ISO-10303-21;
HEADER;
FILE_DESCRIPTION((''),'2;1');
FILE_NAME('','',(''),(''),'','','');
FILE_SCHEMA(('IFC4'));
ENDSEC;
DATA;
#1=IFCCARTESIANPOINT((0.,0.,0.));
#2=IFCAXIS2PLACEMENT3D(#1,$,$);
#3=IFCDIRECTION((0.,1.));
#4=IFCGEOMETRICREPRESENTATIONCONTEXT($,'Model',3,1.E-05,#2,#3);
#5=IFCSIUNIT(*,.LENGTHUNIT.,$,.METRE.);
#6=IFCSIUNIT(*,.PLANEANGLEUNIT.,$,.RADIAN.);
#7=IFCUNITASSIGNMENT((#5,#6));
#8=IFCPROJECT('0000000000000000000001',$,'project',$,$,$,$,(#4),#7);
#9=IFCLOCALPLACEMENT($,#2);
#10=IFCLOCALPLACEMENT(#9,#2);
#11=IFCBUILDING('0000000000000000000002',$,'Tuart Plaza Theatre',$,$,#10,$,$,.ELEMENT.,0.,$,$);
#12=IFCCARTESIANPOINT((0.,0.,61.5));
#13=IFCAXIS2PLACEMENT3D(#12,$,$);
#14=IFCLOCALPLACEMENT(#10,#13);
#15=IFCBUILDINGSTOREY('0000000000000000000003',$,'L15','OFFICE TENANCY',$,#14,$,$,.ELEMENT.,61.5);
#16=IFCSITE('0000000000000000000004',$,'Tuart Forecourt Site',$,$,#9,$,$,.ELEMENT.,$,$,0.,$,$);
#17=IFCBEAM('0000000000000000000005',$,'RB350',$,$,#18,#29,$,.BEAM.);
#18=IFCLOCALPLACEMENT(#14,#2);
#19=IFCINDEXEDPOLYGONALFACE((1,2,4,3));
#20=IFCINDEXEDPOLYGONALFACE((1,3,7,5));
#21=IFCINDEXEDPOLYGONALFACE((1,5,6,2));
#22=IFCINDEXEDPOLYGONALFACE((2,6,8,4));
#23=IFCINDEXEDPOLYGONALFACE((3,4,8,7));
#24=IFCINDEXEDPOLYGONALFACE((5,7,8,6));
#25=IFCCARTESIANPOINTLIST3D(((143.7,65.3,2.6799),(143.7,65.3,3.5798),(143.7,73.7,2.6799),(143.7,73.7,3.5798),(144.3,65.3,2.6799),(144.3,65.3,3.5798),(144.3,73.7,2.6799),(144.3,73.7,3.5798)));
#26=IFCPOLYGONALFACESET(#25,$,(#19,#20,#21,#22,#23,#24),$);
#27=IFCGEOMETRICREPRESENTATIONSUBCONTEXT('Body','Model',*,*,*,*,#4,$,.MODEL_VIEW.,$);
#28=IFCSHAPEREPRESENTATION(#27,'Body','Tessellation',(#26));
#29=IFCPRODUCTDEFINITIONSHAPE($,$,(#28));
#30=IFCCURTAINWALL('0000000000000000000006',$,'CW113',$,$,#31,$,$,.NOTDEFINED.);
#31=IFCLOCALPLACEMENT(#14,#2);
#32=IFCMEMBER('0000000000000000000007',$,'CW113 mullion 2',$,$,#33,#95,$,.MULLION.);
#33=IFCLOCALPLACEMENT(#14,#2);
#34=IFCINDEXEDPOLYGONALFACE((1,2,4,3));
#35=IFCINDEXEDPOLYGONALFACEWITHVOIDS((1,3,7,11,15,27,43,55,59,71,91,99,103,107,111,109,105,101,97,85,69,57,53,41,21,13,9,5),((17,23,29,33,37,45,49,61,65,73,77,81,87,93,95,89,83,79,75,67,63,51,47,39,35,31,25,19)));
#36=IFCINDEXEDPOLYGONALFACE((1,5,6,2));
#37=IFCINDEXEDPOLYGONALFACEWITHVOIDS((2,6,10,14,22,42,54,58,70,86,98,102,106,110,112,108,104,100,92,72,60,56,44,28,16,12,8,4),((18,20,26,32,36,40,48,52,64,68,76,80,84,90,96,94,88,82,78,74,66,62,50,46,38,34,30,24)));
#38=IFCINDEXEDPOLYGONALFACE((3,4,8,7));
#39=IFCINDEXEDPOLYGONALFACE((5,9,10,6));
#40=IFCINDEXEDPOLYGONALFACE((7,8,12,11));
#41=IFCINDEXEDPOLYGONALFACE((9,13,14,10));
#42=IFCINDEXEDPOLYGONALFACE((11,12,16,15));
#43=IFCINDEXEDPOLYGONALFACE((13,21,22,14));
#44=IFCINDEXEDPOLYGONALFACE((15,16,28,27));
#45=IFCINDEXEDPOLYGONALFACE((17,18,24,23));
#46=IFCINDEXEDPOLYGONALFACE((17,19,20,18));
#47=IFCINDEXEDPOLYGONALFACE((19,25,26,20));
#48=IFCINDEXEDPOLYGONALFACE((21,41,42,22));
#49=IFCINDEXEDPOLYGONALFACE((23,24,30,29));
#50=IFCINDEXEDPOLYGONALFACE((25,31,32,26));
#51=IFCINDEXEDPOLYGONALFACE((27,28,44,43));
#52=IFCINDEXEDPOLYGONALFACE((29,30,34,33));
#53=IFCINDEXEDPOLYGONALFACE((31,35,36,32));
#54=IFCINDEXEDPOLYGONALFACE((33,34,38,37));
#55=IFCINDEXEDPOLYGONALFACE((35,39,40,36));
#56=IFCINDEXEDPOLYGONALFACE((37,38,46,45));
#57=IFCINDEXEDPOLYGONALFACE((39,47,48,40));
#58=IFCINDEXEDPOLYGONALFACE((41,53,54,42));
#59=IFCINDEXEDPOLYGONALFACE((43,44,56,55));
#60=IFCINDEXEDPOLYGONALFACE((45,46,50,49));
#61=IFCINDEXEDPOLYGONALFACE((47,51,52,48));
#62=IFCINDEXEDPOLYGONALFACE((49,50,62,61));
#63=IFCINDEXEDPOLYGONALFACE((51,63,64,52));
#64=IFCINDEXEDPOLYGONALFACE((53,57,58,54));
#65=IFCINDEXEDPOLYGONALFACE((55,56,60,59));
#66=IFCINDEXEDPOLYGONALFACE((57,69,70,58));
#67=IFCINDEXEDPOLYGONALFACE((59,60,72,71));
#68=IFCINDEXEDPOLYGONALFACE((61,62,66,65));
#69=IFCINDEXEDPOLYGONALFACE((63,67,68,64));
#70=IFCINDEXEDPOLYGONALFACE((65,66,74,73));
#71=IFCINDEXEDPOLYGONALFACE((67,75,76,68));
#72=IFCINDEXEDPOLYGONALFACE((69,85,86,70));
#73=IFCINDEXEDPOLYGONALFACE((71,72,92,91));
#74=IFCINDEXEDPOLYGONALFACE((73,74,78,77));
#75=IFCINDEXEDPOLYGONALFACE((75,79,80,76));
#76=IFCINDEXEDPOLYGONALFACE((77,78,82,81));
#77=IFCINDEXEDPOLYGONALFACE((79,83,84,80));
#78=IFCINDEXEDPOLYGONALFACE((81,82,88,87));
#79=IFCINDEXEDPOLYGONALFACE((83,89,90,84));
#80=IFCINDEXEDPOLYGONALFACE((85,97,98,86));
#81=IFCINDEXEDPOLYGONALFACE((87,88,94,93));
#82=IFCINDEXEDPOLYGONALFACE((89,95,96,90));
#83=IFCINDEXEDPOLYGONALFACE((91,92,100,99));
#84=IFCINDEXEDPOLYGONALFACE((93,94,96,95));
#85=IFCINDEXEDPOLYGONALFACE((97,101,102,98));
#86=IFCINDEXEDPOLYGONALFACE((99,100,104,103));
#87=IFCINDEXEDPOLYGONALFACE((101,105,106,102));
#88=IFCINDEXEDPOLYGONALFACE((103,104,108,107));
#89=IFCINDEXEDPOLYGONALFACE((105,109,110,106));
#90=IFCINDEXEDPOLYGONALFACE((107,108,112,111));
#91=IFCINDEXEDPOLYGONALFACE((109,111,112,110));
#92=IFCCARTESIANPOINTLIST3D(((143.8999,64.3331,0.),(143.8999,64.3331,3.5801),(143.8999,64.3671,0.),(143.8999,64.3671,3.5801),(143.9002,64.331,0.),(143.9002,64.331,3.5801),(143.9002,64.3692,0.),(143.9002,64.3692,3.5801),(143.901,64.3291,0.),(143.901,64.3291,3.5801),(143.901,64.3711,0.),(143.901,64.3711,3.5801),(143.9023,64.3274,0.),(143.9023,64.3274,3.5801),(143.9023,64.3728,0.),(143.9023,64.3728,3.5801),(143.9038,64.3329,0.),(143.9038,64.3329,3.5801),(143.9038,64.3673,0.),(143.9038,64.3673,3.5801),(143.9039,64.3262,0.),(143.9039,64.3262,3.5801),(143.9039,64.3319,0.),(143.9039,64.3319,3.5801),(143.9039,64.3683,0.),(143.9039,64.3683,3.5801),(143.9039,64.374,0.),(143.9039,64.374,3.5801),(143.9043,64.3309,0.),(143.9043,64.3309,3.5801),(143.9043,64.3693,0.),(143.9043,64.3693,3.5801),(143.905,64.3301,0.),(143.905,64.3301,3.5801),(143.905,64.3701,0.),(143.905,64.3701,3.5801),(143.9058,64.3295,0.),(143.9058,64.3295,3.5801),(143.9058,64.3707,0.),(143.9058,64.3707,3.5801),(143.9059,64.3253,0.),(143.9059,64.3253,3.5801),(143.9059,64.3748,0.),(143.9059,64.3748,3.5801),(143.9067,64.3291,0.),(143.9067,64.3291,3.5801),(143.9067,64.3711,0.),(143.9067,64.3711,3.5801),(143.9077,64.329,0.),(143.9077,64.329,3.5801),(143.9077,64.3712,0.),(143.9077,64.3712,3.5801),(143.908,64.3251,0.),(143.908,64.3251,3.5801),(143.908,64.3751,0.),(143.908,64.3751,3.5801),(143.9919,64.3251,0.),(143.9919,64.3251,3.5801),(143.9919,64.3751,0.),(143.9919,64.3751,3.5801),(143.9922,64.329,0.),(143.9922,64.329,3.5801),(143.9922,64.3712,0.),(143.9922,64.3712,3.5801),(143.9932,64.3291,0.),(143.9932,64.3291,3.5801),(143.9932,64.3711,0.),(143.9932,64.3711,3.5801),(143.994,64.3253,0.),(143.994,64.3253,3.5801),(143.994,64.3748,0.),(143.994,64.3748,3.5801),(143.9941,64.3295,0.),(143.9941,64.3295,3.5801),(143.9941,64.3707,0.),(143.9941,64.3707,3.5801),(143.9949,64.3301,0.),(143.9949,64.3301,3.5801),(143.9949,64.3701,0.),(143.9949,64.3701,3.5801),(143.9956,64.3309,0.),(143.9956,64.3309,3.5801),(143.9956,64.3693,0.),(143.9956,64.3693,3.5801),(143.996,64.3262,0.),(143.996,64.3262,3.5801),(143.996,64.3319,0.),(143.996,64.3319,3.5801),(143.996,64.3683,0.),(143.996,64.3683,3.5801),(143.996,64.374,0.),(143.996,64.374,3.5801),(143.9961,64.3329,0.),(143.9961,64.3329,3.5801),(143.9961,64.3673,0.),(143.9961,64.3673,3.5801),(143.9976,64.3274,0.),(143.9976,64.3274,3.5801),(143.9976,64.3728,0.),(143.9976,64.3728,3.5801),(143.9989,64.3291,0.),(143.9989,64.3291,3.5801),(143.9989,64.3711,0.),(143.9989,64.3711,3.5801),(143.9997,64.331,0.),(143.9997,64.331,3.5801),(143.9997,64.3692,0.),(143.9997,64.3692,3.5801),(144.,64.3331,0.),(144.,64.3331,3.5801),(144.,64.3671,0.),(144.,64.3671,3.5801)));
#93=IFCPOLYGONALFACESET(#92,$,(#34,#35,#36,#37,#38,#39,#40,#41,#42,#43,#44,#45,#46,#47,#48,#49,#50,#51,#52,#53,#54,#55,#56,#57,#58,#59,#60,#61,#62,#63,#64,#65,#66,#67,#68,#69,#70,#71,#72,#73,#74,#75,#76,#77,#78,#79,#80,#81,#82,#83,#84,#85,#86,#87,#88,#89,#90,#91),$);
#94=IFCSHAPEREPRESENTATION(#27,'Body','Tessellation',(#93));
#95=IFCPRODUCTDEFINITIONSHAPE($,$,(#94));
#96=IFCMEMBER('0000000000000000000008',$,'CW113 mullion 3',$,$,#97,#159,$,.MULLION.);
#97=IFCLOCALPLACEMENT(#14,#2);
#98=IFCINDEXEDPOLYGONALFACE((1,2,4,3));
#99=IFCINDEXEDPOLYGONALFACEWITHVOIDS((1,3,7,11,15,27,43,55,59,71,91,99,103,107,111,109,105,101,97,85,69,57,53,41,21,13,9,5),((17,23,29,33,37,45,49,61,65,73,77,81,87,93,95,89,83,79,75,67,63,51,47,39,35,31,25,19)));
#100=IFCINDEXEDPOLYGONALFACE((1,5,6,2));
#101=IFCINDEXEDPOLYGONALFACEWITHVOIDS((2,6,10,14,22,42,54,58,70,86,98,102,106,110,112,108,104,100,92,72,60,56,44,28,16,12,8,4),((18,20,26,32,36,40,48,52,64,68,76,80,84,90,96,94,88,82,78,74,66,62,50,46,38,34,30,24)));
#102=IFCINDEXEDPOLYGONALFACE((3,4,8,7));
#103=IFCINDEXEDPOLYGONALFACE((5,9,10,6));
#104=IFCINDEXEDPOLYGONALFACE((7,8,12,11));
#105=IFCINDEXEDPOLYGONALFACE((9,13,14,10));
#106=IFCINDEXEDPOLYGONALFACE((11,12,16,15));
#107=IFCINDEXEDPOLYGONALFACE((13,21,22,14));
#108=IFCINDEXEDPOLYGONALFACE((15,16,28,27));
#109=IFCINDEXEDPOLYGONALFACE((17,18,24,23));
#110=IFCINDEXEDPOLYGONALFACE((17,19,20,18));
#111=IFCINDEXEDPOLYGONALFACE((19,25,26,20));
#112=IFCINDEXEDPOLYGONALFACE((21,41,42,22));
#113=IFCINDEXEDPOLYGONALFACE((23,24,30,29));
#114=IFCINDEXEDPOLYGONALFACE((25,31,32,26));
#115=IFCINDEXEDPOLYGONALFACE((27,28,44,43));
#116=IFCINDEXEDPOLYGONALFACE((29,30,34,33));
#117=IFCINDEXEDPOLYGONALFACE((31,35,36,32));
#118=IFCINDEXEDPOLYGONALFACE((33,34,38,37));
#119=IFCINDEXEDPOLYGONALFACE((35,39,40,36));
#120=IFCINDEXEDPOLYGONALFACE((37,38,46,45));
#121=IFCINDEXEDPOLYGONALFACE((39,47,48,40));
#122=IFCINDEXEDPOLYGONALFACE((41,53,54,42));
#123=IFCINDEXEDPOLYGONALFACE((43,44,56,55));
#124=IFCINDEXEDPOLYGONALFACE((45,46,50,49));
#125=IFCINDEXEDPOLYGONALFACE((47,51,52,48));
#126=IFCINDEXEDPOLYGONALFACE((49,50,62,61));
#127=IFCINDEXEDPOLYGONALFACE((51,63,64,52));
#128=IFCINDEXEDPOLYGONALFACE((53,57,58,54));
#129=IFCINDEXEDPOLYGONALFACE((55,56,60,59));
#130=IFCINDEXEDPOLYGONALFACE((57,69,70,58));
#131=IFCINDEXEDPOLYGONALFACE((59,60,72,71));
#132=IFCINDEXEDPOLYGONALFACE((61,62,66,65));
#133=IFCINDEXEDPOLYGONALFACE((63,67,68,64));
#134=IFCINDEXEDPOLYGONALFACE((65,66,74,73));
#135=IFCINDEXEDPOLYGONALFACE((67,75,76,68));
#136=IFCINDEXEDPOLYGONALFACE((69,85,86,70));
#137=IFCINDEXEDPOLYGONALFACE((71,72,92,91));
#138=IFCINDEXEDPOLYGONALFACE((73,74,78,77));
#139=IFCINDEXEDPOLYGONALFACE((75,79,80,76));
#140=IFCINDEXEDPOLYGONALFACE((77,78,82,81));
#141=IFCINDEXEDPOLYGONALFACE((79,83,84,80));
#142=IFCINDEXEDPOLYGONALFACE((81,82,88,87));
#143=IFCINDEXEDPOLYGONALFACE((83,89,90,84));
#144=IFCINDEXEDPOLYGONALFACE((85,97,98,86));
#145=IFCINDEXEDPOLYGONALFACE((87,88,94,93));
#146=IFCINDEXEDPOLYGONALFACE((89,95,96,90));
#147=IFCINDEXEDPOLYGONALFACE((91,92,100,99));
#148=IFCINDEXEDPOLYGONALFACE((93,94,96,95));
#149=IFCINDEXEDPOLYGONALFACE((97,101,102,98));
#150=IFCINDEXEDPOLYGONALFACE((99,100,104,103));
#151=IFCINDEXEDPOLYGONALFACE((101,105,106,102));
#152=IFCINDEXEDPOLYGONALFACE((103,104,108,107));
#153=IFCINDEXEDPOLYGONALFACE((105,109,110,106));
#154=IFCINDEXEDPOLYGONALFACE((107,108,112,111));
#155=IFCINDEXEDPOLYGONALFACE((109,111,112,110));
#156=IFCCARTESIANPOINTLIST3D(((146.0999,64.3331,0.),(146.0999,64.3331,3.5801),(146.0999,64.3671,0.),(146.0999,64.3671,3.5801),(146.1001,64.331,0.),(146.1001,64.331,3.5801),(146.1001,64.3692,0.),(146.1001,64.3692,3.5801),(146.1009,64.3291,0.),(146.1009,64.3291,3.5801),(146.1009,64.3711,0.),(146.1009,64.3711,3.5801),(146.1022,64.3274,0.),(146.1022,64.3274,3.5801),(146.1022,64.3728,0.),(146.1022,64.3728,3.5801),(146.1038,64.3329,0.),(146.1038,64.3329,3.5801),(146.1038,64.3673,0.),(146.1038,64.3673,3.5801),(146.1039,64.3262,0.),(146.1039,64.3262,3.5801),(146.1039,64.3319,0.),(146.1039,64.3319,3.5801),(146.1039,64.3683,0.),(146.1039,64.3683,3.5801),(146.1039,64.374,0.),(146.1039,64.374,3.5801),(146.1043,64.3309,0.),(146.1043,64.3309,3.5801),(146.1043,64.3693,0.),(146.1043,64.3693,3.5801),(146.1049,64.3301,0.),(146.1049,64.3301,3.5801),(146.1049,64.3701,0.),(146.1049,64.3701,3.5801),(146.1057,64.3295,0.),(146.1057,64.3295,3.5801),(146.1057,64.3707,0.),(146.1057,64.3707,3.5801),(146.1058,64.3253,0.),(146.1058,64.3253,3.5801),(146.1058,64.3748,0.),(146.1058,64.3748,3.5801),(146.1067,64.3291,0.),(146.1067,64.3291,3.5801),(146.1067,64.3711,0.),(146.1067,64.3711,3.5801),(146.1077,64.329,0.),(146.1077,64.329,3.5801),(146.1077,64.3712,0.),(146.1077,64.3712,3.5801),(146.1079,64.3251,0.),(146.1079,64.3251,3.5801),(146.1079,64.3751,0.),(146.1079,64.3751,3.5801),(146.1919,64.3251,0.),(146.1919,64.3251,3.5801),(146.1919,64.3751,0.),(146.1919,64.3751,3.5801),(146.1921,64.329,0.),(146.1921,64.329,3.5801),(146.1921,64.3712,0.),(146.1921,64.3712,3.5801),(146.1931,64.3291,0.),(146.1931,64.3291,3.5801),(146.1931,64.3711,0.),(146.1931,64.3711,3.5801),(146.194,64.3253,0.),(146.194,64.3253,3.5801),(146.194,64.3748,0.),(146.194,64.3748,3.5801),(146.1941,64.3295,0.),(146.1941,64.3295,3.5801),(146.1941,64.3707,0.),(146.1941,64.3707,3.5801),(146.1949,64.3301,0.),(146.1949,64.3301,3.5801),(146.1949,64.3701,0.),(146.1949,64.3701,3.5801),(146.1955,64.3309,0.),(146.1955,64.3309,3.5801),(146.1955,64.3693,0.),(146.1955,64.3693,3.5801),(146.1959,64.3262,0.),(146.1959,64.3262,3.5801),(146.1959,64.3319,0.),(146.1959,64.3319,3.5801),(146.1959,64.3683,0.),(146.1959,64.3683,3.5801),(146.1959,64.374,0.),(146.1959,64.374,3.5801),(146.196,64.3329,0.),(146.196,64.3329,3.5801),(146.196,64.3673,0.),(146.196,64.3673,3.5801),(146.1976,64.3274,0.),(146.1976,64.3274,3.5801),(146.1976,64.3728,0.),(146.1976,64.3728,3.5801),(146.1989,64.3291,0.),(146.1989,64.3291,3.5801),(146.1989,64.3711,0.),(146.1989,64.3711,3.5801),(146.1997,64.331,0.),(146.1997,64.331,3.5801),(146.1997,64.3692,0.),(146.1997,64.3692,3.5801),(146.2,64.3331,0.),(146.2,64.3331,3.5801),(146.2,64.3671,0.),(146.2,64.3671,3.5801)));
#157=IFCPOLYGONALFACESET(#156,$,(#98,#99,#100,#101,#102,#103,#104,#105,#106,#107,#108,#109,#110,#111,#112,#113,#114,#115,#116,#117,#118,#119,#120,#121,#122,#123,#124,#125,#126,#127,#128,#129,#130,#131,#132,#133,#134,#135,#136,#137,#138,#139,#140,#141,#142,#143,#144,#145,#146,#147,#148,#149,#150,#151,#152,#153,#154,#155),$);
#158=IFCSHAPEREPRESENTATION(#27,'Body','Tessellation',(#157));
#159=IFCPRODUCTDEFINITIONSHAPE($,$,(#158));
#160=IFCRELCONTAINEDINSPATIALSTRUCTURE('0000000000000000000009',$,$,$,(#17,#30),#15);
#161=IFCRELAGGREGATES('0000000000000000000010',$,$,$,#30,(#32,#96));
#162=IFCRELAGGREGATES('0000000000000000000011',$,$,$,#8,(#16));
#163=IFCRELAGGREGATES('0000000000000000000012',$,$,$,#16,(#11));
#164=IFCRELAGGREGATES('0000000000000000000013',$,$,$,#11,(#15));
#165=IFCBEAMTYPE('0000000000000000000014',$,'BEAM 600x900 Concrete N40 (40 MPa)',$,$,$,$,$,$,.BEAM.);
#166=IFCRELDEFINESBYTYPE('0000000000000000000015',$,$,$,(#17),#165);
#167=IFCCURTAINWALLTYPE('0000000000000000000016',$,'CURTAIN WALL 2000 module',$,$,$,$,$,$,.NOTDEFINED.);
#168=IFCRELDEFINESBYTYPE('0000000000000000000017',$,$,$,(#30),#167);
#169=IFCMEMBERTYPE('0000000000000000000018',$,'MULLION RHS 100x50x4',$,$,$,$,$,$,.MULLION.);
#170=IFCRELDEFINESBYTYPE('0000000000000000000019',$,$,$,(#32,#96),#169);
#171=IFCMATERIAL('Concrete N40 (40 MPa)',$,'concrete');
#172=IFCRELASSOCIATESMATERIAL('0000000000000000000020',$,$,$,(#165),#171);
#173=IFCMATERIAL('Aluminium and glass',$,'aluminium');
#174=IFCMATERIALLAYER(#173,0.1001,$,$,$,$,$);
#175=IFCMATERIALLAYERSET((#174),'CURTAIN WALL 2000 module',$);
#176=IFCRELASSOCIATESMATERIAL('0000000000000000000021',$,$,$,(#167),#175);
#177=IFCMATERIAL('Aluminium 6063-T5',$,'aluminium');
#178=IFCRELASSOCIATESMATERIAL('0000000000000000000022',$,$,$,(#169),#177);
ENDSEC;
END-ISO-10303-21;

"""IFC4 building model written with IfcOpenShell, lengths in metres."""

from ifc_helpers import new_model, si_unit, direction, frame, origin, origin_2d, place, context, subcontext, project, spatial, rectangle, hollow_rectangle, extrude, material, layer, layer_set, material_profile, profile_set, type_object, element, aggregate, save


model = new_model("IFC4")

# Units and contexts
model_context = context("Model", 3, precision=1e-05, world=origin(), true_north=direction((0.0, 1.0)))
body_context = subcontext(model_context, "Body", "Model", "MODEL_VIEW")
ifc_project = project(units=[si_unit("LENGTHUNIT", "METRE"), si_unit("PLANEANGLEUNIT", "RADIAN")], contexts=[model_context])

# Site, building, storey
site_placement = place(None, origin())
site = spatial("IfcSite", under=ifc_project, at=site_placement, Name="Tuart Forecourt Site", CompositionType="ELEMENT", RefElevation=0.0)
building_placement = place(site_placement, origin())
building = spatial("IfcBuilding", under=site, at=building_placement, Name="Tuart Plaza Theatre", CompositionType="ELEMENT", ElevationOfRefHeight=0.0)
storey_placement = place(building_placement, frame((0.0, 0.0, 61.5)))
storey = spatial("IfcBuildingStorey", under=building, at=storey_placement, Name="L15", Description="OFFICE TENANCY", CompositionType="ELEMENT", Elevation=61.5)

# Beam
ifc_material_1 = material(Name="Concrete N40 (40 MPa)", Category="concrete")
ifc_material_profile_1 = material_profile(ifc_material_1, rectangle(XDim=0.6001, YDim=0.8999, at=origin_2d()), Name="BEAM 600x900 Concrete N40 (40 MPa)")
ifc_profile_set_1 = profile_set([ifc_material_profile_1], Name="Concrete N40 (40 MPa)")
beam_type = type_object("IfcBeamType", Name="BEAM 600x900 Concrete N40 (40 MPa)", PredefinedType="BEAM", material=ifc_profile_set_1)
beam_placement = place(storey_placement, frame((144.0, 65.3, 3.1299), z_axis=(0.0, 1.0, 0.0), x_axis=(-1.0, 0.0, 0.0)))
element("IfcBeam", 1, at=beam_placement, inside=storey, type_object=beam_type, Name="RB350", PredefinedType="BEAM", context=body_context, shape_type="SweptSolid", body=[
    extrude(rectangle(XDim=0.6001, YDim=0.8999, at=origin_2d()), origin(), (0.0, 0.0, 1.0), 8.3999),
])

# Curtain wall, members
ifc_material_2 = material(Name="Aluminium and glass", Category="aluminium")
ifc_layer_1 = layer(ifc_material_2, 0.1001)
ifc_layer_set_1 = layer_set([ifc_layer_1], Name="CURTAIN WALL 2000 module")
curtain_wall_type = type_object("IfcCurtainWallType", Name="CURTAIN WALL 2000 module", PredefinedType="NOTDEFINED", material=ifc_layer_set_1)
curtain_wall_placement = place(storey_placement, origin())
curtain_wall = element("IfcCurtainWall", 2, at=curtain_wall_placement, inside=storey, type_object=curtain_wall_type, Name="CW113", PredefinedType="NOTDEFINED")
ifc_material_3 = material(Name="Aluminium 6063-T5", Category="aluminium")
ifc_material_profile_2 = material_profile(ifc_material_3, hollow_rectangle(XDim=0.05, YDim=0.1001, WallThickness=0.0039, InnerFilletRadius=0.0039, OuterFilletRadius=0.0081, at=origin_2d()), Name="RHS 100x50x4")
ifc_profile_set_2 = profile_set([ifc_material_profile_2], Name="Aluminium 6063-T5")
member_type_1 = type_object("IfcMemberType", Name="MULLION RHS 100x50x4", PredefinedType="MULLION", material=ifc_profile_set_2)
member_1_placement = place(storey_placement, frame((143.95, 64.3501, 0.0), z_axis=(0.0, 0.0, 1.0), x_axis=(0.0, 1.0, 0.0)))
member_1 = element("IfcMember", 3, at=member_1_placement, type_object=member_type_1, Name="CW113 mullion 2", PredefinedType="MULLION", context=body_context, shape_type="SweptSolid", body=[
    extrude(hollow_rectangle(XDim=0.05, YDim=0.1001, WallThickness=0.0039, InnerFilletRadius=0.0039, OuterFilletRadius=0.0081, at=origin_2d()), origin(), (0.0, 0.0, 1.0), 3.5801),
])
member_2_placement = place(storey_placement, frame((146.1499, 64.3501, 0.0), z_axis=(0.0, 0.0, 1.0), x_axis=(0.0, 1.0, 0.0)))
member_2 = element("IfcMember", 4, at=member_2_placement, type_object=member_type_1, Name="CW113 mullion 3", PredefinedType="MULLION", context=body_context, shape_type="SweptSolid", body=[
    extrude(hollow_rectangle(XDim=0.05, YDim=0.1001, WallThickness=0.0039, InnerFilletRadius=0.0039, OuterFilletRadius=0.0081, at=origin_2d()), origin(), (0.0, 0.0, 1.0), 3.5801),
])
aggregate(curtain_wall, [member_1, member_2])

save(model, "model.ifc")
